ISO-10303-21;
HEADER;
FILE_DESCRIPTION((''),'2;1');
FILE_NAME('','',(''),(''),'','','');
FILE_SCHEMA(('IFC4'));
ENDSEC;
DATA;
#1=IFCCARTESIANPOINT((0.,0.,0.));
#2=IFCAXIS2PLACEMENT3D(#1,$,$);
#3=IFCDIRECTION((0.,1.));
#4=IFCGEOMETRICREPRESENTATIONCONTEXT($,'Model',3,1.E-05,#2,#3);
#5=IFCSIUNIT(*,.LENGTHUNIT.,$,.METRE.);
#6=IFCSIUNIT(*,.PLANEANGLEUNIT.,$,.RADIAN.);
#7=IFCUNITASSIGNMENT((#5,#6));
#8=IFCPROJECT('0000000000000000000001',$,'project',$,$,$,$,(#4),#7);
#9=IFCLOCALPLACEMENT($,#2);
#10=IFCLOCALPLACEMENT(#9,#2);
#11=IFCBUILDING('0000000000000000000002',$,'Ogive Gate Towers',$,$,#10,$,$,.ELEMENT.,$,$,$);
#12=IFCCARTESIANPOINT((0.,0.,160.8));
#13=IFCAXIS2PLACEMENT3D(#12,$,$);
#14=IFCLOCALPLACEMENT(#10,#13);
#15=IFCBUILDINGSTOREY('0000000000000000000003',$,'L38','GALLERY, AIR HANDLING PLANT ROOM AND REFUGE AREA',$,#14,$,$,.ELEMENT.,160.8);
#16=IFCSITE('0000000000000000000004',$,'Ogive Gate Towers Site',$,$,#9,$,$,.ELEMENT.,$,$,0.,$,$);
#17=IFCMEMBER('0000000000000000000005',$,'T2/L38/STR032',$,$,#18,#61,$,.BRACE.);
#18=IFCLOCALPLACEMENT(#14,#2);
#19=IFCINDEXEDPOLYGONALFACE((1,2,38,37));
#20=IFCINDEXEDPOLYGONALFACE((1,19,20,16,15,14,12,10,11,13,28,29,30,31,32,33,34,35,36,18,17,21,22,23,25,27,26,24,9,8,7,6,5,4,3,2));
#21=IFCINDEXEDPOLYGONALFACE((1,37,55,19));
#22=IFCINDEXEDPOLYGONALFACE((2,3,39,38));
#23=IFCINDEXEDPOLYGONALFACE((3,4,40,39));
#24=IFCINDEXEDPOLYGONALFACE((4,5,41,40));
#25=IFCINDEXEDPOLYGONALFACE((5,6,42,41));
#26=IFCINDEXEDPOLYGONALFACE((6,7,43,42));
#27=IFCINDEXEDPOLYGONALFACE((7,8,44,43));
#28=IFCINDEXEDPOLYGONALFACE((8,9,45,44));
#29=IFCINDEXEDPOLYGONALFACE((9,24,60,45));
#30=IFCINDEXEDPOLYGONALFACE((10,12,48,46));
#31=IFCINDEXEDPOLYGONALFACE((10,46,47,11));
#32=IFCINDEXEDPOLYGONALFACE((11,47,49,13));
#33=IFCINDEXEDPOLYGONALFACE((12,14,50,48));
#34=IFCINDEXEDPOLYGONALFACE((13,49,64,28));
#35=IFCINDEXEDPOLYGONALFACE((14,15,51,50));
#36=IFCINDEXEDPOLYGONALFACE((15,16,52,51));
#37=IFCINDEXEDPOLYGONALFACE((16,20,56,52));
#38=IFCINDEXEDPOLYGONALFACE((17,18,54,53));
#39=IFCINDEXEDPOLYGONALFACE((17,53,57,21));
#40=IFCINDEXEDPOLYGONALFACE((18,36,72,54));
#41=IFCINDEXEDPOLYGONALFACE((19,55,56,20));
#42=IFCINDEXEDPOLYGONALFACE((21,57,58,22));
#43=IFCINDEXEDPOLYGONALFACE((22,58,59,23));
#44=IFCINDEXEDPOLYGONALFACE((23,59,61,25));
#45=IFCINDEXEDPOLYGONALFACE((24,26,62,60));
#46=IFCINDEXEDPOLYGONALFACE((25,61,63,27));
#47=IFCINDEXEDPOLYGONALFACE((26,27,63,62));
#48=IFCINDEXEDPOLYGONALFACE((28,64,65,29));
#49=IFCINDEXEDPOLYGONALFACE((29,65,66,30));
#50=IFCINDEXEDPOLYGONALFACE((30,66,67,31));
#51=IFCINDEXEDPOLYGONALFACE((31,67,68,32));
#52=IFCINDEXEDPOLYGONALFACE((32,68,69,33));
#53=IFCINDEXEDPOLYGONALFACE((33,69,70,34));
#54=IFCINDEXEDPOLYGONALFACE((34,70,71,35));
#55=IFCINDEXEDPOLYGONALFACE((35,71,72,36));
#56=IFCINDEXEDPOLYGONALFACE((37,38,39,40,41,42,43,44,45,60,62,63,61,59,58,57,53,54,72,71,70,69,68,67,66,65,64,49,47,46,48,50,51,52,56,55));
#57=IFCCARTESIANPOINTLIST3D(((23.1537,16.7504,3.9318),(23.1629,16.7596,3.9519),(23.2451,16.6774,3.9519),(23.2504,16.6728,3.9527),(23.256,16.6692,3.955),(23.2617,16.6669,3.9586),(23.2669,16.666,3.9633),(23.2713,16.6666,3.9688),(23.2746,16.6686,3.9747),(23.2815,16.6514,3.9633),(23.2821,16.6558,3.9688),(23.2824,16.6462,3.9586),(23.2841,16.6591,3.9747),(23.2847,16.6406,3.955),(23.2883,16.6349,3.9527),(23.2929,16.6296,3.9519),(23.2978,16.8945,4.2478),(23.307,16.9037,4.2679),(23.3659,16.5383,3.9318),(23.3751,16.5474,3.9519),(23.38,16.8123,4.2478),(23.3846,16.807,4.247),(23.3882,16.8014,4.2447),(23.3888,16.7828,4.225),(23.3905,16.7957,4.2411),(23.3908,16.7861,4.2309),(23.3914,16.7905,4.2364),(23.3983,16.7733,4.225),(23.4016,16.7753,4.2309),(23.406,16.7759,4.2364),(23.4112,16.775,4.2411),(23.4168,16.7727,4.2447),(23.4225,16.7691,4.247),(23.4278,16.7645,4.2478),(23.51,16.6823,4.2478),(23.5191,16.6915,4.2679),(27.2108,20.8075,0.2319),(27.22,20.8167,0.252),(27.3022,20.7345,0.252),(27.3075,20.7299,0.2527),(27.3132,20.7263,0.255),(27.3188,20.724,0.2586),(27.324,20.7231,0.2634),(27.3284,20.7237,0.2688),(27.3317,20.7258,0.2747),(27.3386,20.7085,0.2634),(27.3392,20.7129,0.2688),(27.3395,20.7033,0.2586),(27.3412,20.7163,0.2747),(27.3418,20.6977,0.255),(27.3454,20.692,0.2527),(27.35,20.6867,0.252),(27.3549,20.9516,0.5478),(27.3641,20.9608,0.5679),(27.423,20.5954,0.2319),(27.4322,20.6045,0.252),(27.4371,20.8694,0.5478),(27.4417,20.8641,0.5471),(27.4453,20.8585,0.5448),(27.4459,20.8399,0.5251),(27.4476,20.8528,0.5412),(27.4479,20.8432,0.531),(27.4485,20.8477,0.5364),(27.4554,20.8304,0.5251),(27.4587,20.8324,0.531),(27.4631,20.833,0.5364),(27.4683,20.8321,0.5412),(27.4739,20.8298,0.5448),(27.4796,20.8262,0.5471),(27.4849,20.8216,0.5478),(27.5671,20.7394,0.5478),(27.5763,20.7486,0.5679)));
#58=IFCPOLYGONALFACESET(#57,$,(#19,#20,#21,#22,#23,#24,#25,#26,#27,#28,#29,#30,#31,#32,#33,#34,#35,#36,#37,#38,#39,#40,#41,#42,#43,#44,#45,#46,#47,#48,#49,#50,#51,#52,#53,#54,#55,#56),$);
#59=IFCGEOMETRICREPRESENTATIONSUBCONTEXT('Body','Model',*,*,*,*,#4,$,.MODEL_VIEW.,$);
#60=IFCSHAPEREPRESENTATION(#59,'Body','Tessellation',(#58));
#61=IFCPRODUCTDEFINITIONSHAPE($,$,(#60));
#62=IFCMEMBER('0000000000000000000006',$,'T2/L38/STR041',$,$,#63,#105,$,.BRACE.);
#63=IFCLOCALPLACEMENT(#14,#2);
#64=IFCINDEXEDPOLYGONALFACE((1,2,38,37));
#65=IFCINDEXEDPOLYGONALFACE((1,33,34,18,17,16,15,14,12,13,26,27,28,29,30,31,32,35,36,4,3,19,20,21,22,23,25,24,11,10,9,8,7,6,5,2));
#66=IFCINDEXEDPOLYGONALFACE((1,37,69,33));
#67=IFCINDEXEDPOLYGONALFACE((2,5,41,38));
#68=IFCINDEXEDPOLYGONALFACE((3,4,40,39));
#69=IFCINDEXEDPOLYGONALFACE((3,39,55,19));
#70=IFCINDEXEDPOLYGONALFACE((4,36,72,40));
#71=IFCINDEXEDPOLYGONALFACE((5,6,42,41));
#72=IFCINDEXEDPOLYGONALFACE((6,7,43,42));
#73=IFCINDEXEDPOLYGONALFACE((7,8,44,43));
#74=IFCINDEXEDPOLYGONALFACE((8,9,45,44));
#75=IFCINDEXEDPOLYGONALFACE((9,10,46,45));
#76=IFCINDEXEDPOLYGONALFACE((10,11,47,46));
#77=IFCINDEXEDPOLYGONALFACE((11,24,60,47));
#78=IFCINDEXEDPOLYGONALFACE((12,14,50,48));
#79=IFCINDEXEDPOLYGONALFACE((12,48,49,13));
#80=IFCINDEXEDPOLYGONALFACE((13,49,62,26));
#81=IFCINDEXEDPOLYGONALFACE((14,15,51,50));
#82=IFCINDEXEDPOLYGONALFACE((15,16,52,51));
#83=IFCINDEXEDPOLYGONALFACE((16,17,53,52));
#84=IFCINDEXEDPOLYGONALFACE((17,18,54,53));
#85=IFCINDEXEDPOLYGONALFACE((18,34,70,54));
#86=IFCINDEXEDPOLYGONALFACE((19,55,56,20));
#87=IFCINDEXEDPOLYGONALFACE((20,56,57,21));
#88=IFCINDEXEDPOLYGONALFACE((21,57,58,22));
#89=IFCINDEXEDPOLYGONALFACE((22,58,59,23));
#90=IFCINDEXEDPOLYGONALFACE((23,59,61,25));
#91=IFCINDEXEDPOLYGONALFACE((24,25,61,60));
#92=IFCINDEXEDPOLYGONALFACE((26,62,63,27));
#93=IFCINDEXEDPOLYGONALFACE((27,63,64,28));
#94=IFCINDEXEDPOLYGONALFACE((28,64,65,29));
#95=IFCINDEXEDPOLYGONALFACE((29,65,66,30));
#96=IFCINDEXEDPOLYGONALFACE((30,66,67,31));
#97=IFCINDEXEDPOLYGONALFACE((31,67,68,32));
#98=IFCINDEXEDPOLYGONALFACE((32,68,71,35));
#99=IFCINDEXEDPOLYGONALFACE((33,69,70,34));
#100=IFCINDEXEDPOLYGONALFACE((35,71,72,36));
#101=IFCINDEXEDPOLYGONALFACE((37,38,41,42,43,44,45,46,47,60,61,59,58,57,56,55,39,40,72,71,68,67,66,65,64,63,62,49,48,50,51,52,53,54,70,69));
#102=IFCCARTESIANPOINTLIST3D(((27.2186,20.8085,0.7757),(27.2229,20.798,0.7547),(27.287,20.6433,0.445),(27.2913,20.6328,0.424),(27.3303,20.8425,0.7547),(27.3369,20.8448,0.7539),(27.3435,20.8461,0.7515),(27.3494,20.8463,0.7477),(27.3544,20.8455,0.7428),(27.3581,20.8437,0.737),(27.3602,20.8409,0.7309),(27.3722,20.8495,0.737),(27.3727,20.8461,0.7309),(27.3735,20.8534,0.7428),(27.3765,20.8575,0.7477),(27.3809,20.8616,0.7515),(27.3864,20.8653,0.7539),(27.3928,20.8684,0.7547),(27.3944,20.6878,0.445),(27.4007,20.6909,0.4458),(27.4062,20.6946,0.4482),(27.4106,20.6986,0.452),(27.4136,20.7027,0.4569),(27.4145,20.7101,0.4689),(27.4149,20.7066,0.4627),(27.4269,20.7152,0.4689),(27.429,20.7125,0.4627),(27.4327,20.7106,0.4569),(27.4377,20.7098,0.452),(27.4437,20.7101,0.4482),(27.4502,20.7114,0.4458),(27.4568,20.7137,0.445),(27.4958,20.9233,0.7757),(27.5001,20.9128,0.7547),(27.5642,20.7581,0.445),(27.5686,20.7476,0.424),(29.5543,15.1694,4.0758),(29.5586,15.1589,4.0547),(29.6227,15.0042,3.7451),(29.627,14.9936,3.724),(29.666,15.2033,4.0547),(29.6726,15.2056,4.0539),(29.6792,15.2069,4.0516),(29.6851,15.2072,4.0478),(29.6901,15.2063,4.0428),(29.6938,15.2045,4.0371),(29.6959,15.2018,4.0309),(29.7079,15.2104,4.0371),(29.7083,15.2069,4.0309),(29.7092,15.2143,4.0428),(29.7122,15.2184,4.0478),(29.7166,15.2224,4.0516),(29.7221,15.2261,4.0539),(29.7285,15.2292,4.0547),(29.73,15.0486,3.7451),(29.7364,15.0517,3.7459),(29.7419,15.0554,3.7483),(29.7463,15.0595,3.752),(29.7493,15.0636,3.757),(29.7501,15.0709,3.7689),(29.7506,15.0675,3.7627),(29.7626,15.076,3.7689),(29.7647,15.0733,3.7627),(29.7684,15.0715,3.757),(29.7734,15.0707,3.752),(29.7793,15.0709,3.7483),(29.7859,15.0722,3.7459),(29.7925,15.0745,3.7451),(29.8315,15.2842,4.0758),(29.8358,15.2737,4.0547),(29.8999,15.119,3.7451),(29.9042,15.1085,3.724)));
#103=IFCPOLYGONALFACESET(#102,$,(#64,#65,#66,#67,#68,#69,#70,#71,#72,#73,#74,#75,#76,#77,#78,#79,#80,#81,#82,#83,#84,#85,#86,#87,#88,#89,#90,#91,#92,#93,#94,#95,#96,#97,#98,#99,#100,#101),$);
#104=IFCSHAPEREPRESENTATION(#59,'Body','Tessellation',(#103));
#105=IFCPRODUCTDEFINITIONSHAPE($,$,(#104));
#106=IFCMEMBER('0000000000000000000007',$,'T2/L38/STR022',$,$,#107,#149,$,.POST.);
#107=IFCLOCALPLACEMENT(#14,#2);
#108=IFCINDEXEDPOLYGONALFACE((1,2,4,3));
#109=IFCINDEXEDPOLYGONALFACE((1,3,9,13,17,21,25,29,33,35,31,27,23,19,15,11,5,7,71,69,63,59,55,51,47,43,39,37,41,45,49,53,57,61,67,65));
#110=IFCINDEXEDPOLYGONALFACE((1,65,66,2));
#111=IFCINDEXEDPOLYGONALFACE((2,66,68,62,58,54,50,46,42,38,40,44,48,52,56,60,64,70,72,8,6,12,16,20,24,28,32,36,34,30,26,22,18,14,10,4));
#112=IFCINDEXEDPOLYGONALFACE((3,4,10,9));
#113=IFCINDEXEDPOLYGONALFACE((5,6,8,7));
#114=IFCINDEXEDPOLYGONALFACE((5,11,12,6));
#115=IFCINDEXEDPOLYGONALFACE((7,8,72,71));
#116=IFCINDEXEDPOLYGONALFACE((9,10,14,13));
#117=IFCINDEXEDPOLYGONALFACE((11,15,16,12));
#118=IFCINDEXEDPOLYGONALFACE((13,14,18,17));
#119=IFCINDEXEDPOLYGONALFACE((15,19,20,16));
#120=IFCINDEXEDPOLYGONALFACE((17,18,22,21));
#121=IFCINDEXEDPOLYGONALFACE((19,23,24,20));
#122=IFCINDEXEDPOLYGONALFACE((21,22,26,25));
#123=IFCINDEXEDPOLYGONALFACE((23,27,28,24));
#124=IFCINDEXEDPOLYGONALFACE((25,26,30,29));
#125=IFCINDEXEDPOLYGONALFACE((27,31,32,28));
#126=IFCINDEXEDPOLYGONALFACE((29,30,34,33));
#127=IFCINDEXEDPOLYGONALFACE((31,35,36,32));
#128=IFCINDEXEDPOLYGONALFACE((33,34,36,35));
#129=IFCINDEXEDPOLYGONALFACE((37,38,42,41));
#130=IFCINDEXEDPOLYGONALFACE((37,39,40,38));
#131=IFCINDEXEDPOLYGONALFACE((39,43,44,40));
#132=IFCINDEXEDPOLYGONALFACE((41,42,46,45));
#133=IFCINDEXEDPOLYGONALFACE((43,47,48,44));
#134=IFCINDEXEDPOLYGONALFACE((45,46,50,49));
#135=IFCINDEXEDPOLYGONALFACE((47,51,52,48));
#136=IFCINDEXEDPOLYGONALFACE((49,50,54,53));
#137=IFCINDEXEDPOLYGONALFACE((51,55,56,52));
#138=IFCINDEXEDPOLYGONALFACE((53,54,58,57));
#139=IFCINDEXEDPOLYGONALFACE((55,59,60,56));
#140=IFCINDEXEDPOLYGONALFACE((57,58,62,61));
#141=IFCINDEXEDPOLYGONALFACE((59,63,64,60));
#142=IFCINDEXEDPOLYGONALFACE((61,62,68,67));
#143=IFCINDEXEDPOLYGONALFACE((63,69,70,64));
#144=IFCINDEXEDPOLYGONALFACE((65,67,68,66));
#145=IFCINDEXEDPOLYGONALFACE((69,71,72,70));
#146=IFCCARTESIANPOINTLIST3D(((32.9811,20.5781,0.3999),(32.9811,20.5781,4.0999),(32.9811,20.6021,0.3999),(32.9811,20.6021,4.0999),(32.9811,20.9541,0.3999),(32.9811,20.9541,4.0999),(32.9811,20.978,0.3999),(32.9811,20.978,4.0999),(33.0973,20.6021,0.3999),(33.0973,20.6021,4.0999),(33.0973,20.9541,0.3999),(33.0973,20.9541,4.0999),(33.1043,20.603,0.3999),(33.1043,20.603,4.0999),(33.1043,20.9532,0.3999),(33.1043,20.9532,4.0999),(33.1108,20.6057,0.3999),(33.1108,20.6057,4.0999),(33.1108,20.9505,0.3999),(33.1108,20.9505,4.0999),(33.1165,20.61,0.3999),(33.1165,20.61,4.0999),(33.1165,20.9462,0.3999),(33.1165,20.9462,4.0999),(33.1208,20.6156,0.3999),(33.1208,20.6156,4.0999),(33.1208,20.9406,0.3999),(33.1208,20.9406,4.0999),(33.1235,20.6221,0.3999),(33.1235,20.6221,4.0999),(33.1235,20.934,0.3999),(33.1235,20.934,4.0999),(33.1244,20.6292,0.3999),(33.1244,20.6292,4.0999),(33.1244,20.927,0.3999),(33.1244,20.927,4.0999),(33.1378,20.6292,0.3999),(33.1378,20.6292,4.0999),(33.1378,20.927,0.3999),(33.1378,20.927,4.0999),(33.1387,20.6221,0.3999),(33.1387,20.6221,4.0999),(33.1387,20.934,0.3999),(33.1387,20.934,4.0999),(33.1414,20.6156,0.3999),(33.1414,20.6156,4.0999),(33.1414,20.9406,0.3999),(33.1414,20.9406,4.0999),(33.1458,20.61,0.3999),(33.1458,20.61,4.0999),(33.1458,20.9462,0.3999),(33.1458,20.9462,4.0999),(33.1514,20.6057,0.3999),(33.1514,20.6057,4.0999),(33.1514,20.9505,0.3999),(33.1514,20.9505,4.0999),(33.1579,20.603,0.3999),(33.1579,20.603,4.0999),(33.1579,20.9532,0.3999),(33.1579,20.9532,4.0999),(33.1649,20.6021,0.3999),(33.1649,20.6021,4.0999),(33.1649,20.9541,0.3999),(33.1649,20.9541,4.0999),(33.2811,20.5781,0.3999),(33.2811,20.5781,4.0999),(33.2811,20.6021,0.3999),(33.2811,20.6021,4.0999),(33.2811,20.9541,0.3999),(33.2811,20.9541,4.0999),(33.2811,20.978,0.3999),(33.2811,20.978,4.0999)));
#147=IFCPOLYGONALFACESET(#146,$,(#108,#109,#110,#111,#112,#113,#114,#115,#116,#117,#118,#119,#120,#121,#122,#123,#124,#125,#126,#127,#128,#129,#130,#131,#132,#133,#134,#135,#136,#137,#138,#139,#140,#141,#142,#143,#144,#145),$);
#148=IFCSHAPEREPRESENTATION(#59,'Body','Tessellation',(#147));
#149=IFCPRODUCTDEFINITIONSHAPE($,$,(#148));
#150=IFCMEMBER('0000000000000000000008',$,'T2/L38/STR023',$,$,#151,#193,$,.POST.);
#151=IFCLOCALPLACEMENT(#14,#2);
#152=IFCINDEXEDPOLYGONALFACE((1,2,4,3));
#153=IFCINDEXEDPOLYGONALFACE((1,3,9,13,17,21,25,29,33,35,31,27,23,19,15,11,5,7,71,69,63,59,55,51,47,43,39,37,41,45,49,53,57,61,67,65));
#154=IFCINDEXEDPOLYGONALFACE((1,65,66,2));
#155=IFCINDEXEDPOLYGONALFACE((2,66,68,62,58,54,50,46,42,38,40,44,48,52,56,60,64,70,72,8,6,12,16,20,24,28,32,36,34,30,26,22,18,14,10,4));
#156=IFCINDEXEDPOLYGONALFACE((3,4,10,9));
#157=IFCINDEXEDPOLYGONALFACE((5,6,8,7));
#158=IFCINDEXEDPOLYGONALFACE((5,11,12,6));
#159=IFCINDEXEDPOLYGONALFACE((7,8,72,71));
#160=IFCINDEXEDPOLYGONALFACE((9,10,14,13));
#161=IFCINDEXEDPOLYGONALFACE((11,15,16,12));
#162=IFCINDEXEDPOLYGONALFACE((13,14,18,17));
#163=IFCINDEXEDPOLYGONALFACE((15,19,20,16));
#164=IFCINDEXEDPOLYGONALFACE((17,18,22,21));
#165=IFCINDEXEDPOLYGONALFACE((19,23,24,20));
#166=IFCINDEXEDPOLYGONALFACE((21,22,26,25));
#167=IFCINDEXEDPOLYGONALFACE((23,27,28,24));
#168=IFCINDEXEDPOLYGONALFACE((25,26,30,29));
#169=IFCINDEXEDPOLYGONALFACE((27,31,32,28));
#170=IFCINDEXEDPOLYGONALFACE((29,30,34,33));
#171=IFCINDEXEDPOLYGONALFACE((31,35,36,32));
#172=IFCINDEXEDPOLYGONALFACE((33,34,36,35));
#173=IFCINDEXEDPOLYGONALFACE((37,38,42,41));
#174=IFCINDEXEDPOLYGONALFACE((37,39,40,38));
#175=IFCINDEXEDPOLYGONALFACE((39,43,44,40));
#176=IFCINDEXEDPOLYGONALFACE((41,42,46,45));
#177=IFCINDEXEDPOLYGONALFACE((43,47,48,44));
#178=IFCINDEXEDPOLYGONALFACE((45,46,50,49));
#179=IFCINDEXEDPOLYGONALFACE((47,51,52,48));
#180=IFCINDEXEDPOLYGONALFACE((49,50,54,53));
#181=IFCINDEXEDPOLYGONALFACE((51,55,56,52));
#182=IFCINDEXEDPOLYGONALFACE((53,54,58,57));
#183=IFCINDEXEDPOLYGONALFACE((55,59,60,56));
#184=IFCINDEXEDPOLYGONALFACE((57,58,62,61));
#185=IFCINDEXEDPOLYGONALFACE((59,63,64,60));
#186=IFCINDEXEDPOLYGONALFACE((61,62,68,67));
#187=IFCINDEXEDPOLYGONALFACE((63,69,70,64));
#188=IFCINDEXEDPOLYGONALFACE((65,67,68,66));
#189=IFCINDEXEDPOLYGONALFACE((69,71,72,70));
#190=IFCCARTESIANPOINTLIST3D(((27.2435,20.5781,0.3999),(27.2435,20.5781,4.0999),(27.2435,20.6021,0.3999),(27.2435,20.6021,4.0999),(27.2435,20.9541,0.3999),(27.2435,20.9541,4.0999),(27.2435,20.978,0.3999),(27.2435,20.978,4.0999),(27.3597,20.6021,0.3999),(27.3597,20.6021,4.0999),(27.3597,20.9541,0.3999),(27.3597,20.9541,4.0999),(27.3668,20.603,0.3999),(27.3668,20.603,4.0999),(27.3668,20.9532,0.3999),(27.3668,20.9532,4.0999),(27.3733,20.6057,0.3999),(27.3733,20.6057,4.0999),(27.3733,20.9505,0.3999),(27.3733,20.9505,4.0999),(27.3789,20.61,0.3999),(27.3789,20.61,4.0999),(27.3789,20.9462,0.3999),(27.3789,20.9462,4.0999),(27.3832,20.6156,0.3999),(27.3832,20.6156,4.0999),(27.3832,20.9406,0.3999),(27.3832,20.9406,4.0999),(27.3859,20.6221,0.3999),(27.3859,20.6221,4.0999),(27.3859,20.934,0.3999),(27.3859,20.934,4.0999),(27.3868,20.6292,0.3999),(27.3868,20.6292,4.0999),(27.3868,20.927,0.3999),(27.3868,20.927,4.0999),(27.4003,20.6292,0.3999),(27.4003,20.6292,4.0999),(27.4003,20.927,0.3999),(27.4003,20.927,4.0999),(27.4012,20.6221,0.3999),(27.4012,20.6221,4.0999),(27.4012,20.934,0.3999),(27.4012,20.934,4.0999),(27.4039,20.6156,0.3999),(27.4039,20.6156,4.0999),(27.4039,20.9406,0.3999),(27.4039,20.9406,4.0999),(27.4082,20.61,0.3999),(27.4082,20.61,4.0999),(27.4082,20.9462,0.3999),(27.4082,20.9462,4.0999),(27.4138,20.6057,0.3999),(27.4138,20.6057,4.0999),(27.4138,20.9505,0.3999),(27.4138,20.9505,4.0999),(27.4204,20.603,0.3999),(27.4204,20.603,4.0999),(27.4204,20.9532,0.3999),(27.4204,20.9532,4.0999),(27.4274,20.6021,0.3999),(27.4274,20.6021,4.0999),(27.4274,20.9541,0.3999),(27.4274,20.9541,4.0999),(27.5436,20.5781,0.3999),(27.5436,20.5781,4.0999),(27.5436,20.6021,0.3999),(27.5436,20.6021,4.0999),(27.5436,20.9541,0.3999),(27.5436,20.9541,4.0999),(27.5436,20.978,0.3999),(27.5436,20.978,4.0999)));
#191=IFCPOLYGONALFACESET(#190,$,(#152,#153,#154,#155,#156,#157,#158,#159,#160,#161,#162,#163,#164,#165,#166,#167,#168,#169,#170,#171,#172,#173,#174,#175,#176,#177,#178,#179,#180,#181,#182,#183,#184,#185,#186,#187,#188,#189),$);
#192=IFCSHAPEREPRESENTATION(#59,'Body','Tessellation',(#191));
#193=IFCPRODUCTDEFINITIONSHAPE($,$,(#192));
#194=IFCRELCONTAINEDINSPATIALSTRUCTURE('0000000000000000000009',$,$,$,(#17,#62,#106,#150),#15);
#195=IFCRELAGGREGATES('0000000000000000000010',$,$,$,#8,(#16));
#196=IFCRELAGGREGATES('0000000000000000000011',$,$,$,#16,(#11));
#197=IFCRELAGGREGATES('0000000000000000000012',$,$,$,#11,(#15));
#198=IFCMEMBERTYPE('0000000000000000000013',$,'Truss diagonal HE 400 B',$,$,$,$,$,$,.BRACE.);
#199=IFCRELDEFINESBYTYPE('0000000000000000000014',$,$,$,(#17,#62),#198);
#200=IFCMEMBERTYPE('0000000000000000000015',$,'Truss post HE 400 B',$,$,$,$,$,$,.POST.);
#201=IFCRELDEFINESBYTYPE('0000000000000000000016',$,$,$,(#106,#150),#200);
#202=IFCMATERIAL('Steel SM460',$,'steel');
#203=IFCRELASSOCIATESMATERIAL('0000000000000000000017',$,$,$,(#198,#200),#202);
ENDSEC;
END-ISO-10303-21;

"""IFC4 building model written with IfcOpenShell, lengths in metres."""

from ifc_helpers import new_model, si_unit, direction, frame, origin, origin_2d, place, context, subcontext, project, spatial, i_section, extrude, material, material_profile, profile_set, type_object, element, save


model = new_model("IFC4")

# Units and contexts
model_context = context("Model", 3, precision=1e-05, world=origin(), true_north=direction((0.0, 1.0)))
body_context = subcontext(model_context, "Body", "Model", "MODEL_VIEW")
ifc_project = project(units=[si_unit("LENGTHUNIT", "METRE"), si_unit("PLANEANGLEUNIT", "RADIAN")], contexts=[model_context])

# Site, building, storey
site_placement = place(None, origin())
site = spatial("IfcSite", under=ifc_project, at=site_placement, Name="Ogive Gate Towers Site", CompositionType="ELEMENT", RefElevation=0.0)
building_placement = place(site_placement, origin())
building = spatial("IfcBuilding", under=site, at=building_placement, Name="Ogive Gate Towers", CompositionType="ELEMENT")
storey_placement = place(building_placement, frame((0.0, 0.0, 160.8)))
storey = spatial("IfcBuildingStorey", under=building, at=storey_placement, Name="L38", Description="GALLERY, AIR HANDLING PLANT ROOM AND REFUGE AREA", CompositionType="ELEMENT", Elevation=160.8)

# Shared definitions
ifc_material_1 = material(Name="Steel SM460", Category="steel")

# Members
ifc_material_profile_1 = material_profile(ifc_material_1, i_section(OverallWidth=0.3, OverallDepth=0.3999, WebThickness=0.0134, FlangeThickness=0.0239, FilletRadius=0.0271, at=origin_2d()), Name="HE 400 B")
ifc_profile_set_1 = profile_set([ifc_material_profile_1], Name="Steel SM460")
member_type_1 = type_object("IfcMemberType", Name="Truss diagonal HE 400 B", PredefinedType="BRACE", material=ifc_profile_set_1)
for number, where, z_axis, x_axis, name in (
    (1, (27.3936, 20.7781, 0.3999), (-0.594262, -0.594262, 0.541945), (0.707107, -0.707107, 0.0), "T2/L38/STR032"),
):
    element("IfcMember", number, at=place(storey_placement, frame(where, z_axis=z_axis, x_axis=x_axis)), inside=storey, type_object=member_type_1, Name=name, PredefinedType="BRACE", context=body_context, shape_type="SweptSolid", body=[
        extrude(i_section(OverallWidth=0.3, OverallDepth=0.3999, WebThickness=0.0134, FlangeThickness=0.0239, FilletRadius=0.0271, at=origin_2d()), origin(), (0.0, 0.0, 1.0), 6.8271),
    ])
member_1_placement = place(storey_placement, frame((29.7292, 15.1389, 3.8999), z_axis=(-0.336617, 0.812708, -0.475599), x_axis=(-0.923887, -0.382666, 0.0)))
element("IfcMember", 2, at=member_1_placement, inside=storey, type_object=member_type_1, Name="T2/L38/STR041", PredefinedType="BRACE", context=body_context, shape_type="SweptSolid", body=[
    extrude(i_section(OverallWidth=0.3, OverallDepth=0.3999, WebThickness=0.0134, FlangeThickness=0.0239, FilletRadius=0.0271, at=origin_2d()), origin(), (0.0, 0.0, 1.0), 6.9387),
])
ifc_material_profile_2 = material_profile(ifc_material_1, i_section(OverallWidth=0.3, OverallDepth=0.3999, WebThickness=0.0134, FlangeThickness=0.0239, FilletRadius=0.0271, at=origin_2d()), Name="HE 400 B")
ifc_profile_set_2 = profile_set([ifc_material_profile_2], Name="Steel SM460")
member_type_2 = type_object("IfcMemberType", Name="Truss post HE 400 B", PredefinedType="POST", material=ifc_profile_set_2)
for number, where, z_axis, x_axis, name in (
    (3, (33.1311, 20.7781, 0.3999), (0.0, 0.0, 1.0), (1.0, 0.0, 0.0), "T2/L38/STR022"),
    (4, (27.3936, 20.7781, 0.3999), (0.0, 0.0, 1.0), (1.0, 0.0, 0.0), "T2/L38/STR023"),
):
    element("IfcMember", number, at=place(storey_placement, frame(where, z_axis=z_axis, x_axis=x_axis)), inside=storey, type_object=member_type_2, Name=name, PredefinedType="POST", context=body_context, shape_type="SweptSolid", body=[
        extrude(i_section(OverallWidth=0.3, OverallDepth=0.3999, WebThickness=0.0134, FlangeThickness=0.0239, FilletRadius=0.0271, at=origin_2d()), origin(), (0.0, 0.0, 1.0), 3.7),
    ])

save(model, "model.ifc")
